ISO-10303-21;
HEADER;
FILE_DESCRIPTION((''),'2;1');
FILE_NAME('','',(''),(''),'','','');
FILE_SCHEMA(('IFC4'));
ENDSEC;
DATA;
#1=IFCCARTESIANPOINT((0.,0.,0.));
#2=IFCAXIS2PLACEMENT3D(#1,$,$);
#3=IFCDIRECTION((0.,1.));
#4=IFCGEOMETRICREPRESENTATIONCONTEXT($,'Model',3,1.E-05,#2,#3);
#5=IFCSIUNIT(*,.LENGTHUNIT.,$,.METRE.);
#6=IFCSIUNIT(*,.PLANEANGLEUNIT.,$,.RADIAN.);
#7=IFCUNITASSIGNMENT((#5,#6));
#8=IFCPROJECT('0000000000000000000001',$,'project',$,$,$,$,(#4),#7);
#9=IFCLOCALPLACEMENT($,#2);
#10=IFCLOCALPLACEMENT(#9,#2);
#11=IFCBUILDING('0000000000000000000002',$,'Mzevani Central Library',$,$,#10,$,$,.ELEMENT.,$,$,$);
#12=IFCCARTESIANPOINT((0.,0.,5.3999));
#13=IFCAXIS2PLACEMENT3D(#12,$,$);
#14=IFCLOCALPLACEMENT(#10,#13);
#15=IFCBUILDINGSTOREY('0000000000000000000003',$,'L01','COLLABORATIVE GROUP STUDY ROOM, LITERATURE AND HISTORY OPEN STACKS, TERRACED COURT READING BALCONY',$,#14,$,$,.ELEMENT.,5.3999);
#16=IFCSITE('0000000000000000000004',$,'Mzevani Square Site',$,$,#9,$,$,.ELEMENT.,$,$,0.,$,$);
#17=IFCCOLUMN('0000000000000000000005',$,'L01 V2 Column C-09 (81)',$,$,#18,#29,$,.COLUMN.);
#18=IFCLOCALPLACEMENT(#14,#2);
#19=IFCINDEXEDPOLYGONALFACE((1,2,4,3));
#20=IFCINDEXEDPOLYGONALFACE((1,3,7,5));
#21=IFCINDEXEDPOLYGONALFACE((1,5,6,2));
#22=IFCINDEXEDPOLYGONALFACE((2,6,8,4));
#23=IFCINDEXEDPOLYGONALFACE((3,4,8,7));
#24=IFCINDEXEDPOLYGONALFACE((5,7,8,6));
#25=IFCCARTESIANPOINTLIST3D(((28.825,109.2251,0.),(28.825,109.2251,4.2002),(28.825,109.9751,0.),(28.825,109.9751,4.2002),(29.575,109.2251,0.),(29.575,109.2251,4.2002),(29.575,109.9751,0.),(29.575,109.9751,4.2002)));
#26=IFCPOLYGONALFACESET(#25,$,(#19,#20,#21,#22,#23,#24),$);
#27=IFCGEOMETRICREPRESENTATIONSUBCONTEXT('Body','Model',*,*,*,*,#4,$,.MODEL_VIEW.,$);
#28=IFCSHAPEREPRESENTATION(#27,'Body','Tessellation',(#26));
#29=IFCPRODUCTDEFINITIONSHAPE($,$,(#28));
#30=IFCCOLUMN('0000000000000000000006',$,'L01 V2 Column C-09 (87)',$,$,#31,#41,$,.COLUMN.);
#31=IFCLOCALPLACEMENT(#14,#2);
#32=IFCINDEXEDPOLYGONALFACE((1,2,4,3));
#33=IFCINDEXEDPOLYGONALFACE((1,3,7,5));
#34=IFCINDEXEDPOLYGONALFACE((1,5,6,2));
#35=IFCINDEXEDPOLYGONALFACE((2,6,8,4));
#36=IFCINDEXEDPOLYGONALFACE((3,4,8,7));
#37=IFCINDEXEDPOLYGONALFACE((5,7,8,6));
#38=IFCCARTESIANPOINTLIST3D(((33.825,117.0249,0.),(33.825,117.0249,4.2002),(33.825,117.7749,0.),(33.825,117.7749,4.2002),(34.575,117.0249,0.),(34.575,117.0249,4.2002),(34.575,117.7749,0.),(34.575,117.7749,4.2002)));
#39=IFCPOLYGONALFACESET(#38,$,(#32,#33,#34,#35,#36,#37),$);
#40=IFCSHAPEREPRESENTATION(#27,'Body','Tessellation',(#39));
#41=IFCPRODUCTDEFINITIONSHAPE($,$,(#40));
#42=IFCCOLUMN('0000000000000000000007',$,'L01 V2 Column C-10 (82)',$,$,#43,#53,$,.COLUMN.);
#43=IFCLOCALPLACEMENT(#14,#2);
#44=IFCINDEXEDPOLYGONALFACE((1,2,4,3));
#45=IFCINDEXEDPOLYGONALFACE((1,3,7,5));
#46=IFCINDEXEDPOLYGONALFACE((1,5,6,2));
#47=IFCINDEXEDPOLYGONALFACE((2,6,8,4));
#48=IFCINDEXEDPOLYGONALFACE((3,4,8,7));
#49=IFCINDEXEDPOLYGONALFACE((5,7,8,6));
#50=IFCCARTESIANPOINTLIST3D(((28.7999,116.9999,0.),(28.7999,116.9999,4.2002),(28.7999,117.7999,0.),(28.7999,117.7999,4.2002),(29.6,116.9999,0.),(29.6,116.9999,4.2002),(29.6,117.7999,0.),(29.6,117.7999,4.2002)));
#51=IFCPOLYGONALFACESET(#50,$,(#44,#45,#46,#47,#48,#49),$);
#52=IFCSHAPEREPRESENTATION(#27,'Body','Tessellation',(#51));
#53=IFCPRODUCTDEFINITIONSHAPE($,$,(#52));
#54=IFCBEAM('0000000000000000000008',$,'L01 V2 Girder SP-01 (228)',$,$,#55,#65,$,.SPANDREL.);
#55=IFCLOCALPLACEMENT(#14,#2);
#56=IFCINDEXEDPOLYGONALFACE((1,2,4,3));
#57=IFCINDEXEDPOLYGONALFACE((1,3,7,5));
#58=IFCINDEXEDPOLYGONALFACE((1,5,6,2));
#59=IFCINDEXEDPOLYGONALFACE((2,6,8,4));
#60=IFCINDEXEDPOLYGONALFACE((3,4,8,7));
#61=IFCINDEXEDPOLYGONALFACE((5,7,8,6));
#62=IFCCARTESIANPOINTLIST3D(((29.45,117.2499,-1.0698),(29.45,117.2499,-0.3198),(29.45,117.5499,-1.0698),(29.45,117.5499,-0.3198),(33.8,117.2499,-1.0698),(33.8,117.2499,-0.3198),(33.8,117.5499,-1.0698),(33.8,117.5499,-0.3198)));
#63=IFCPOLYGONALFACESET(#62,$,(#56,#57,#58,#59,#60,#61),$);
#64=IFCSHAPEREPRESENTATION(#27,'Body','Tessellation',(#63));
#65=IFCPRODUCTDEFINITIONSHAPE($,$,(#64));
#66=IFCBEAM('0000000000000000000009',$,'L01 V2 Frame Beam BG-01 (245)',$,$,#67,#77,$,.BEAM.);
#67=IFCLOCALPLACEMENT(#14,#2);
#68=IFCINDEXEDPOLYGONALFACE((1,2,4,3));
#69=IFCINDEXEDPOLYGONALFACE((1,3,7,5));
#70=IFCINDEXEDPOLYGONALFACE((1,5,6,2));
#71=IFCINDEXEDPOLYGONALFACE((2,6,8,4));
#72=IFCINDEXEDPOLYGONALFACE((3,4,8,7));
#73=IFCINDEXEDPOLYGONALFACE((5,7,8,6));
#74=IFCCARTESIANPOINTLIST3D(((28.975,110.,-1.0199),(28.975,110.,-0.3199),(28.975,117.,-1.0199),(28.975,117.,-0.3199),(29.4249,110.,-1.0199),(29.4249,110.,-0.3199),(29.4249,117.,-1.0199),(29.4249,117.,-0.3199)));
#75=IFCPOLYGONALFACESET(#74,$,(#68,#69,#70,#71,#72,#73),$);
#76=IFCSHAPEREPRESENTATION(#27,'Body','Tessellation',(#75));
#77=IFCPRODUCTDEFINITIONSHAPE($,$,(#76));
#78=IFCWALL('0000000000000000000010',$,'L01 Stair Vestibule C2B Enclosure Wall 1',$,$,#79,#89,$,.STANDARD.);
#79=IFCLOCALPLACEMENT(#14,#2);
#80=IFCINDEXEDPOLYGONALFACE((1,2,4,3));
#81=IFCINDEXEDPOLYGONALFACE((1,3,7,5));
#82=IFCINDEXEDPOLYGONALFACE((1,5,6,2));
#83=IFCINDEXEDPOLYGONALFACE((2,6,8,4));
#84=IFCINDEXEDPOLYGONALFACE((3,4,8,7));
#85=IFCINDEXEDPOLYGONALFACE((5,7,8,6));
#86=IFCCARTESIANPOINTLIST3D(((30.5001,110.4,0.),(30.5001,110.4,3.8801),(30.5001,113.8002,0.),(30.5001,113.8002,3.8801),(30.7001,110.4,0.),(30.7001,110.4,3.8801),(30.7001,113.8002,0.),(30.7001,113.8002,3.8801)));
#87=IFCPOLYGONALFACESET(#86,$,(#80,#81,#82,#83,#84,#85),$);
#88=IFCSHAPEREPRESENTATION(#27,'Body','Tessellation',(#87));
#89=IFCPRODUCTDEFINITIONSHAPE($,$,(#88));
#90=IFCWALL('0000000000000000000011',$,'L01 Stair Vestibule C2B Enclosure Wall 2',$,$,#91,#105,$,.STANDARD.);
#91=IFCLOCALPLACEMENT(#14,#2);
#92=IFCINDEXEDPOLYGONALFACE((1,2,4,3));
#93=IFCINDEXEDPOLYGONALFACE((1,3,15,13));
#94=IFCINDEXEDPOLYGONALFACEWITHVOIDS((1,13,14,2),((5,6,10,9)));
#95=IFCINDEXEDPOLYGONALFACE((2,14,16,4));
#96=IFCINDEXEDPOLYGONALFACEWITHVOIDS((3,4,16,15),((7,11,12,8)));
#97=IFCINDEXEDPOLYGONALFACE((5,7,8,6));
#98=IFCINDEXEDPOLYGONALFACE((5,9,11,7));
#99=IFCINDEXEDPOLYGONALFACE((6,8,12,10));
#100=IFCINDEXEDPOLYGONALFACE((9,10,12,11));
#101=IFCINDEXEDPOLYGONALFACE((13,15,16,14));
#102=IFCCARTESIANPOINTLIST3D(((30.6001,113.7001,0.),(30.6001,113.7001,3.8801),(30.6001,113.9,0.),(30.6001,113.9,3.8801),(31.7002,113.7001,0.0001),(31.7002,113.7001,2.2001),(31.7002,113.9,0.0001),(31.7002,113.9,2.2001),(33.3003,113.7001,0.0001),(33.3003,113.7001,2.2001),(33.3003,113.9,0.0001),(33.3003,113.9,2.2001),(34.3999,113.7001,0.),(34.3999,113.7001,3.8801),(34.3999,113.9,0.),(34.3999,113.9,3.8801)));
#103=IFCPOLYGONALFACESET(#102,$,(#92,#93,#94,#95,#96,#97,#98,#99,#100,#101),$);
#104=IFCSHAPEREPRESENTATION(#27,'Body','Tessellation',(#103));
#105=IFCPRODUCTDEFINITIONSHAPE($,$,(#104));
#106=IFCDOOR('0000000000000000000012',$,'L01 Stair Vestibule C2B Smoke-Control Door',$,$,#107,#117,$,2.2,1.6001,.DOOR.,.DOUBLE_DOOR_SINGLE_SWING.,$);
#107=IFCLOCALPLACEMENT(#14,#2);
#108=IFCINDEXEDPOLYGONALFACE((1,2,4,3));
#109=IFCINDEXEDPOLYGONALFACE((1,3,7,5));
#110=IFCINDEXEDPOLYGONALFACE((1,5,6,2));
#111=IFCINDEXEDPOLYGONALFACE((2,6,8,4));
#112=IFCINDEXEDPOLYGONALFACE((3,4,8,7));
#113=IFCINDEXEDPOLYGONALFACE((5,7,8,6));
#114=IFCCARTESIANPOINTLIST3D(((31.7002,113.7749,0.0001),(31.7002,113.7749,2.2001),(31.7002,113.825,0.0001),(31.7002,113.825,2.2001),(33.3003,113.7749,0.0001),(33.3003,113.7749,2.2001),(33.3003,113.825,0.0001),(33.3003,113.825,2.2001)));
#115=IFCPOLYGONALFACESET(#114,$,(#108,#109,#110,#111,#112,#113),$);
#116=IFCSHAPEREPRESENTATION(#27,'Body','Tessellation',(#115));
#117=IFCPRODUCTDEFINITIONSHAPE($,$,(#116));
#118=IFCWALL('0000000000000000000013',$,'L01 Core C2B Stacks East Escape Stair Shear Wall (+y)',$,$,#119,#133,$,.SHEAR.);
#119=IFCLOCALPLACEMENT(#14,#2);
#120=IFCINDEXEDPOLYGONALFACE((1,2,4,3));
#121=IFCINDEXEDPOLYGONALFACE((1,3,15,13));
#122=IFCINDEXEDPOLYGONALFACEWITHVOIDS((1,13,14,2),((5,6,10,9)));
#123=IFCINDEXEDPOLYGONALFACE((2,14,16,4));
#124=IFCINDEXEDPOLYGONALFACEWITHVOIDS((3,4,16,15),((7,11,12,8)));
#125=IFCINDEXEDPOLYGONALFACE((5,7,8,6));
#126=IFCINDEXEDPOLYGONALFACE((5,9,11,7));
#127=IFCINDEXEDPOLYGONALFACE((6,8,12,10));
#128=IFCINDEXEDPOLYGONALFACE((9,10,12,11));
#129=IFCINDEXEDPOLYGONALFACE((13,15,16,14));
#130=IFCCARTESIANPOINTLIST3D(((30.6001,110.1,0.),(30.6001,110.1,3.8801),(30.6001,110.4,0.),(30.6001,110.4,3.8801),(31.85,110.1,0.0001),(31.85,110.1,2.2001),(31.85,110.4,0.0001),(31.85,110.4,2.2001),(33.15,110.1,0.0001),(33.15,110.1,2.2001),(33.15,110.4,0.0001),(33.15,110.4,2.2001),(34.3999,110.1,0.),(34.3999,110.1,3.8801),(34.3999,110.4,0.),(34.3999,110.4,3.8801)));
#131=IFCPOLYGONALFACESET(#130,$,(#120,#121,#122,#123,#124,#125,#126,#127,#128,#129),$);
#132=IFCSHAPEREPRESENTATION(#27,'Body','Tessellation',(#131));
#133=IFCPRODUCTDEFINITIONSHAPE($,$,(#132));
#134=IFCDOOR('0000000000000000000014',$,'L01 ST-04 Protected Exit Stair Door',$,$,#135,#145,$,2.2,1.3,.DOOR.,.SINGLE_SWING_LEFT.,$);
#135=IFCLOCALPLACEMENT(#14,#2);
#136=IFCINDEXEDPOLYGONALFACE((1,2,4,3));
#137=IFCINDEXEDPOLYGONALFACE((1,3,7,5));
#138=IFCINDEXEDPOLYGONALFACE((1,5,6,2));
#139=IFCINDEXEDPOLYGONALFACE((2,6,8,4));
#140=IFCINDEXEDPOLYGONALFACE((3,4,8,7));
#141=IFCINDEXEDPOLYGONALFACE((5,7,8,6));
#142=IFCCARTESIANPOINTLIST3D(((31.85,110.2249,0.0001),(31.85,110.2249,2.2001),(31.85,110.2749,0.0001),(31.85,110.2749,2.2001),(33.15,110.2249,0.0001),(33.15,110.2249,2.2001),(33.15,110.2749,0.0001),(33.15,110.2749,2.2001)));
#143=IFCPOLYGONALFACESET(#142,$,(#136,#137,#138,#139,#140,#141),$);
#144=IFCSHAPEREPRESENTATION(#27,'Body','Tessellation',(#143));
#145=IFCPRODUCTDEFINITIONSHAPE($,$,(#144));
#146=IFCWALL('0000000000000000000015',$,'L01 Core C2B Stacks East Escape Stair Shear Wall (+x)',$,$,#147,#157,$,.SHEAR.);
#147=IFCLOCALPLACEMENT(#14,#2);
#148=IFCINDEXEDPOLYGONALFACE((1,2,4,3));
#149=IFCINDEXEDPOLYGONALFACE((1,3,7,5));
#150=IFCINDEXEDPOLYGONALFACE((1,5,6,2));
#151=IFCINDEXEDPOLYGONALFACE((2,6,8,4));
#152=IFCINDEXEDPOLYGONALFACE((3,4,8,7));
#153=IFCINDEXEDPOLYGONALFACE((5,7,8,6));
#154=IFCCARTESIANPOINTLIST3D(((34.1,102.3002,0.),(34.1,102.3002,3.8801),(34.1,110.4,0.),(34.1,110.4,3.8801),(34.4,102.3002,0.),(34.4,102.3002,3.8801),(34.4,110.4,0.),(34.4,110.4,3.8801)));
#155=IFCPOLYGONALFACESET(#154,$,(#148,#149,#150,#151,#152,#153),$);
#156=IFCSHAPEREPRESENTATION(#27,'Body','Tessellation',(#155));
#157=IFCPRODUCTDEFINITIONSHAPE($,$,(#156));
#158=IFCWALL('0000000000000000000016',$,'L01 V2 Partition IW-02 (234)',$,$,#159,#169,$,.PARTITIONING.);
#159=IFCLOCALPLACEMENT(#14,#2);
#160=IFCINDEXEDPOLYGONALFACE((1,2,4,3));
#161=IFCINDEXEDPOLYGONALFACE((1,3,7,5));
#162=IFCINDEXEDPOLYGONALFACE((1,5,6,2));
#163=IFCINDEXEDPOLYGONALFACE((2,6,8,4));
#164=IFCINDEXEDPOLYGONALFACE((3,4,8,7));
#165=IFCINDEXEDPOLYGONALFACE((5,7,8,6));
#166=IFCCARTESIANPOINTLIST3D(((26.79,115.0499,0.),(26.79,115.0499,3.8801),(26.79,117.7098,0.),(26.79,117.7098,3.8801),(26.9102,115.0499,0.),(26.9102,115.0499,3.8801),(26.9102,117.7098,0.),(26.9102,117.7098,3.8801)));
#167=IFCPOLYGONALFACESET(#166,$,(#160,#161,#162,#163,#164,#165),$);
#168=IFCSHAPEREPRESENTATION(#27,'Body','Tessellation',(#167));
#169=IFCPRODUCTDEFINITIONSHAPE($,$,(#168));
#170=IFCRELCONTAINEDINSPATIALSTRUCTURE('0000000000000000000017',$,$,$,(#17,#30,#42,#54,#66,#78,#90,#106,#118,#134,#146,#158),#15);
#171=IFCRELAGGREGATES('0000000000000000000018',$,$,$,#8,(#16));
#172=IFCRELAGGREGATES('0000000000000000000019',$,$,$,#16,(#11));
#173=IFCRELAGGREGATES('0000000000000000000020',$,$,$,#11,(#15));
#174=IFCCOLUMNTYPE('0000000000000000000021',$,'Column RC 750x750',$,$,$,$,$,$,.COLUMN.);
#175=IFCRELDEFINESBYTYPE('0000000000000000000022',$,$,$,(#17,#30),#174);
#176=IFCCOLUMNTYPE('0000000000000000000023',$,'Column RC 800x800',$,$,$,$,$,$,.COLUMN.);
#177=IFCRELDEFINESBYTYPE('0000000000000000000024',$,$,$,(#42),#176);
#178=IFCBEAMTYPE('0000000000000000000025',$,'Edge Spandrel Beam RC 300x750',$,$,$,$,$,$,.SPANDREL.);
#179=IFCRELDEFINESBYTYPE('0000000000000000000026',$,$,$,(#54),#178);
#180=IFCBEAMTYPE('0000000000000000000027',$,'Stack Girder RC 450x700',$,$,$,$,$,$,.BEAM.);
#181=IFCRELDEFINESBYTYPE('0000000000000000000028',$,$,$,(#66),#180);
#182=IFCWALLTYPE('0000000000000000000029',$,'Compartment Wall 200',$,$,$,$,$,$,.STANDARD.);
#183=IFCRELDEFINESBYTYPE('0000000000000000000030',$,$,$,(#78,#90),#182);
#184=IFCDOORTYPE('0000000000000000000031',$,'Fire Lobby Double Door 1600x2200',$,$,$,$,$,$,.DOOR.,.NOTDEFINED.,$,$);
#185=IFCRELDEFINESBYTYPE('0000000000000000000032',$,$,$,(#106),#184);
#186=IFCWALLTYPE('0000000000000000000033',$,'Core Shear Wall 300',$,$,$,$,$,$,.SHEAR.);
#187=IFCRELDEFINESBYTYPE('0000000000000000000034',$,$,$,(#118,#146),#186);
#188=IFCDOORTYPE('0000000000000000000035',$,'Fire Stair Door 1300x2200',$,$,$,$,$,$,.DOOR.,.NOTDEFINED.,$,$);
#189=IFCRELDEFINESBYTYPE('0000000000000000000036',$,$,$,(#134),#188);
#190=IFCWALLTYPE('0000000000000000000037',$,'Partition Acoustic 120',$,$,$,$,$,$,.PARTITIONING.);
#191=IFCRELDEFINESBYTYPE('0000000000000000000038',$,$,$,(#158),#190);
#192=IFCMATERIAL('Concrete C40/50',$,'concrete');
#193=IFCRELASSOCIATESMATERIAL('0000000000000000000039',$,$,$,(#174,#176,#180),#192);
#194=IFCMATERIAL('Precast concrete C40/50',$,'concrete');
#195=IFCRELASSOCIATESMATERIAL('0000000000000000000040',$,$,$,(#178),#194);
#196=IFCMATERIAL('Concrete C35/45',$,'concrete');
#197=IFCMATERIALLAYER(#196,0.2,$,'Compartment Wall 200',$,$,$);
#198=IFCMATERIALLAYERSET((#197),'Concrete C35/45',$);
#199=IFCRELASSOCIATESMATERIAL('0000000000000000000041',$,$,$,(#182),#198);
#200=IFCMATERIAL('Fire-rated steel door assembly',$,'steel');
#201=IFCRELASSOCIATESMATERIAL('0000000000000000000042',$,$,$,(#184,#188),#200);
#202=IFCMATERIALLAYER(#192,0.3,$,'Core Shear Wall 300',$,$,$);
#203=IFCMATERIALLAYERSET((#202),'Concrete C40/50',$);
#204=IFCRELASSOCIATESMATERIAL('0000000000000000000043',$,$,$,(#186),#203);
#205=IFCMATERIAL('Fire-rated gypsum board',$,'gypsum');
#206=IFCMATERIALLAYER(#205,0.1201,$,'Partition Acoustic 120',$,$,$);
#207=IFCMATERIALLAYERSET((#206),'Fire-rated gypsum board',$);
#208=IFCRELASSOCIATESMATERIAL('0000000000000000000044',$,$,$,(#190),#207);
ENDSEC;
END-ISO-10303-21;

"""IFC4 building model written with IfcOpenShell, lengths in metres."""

from ifc_helpers import new_model, si_unit, direction, frame, frame_2d, origin, origin_2d, place, context, subcontext, project, spatial, rectangle, extrude, material, layer, layer_set, material_profile, profile_set, type_object, element, fill, save


model = new_model("IFC4")

# Units and contexts
model_context = context("Model", 3, precision=1e-05, world=origin(), true_north=direction((0.0, 1.0)))
body_context = subcontext(model_context, "Body", "Model", "MODEL_VIEW")
ifc_project = project(units=[si_unit("LENGTHUNIT", "METRE"), si_unit("PLANEANGLEUNIT", "RADIAN")], contexts=[model_context])

# Site, building, storey
site_placement = place(None, origin())
site = spatial("IfcSite", under=ifc_project, at=site_placement, Name="Mzevani Square Site", CompositionType="ELEMENT", RefElevation=0.0)
building_placement = place(site_placement, origin())
building = spatial("IfcBuilding", under=site, at=building_placement, Name="Mzevani Central Library", CompositionType="ELEMENT")
storey_placement = place(building_placement, frame((0.0, 0.0, 5.3999)))
storey = spatial("IfcBuildingStorey", under=building, at=storey_placement, Name="L01", Description="COLLABORATIVE GROUP STUDY ROOM, LITERATURE AND HISTORY OPEN STACKS, TERRACED COURT READING BALCONY", CompositionType="ELEMENT", Elevation=5.3999)

# Columns
ifc_material_1 = material(Name="Concrete C40/50", Category="concrete")
ifc_material_profile_1 = material_profile(ifc_material_1, rectangle(XDim=0.75, YDim=0.75, at=origin_2d()), Name="RC 750x750")
ifc_profile_set_1 = profile_set([ifc_material_profile_1], Name="Concrete C40/50")
column_type_1 = type_object("IfcColumnType", Name="Column RC 750x750", PredefinedType="COLUMN", material=ifc_profile_set_1)
for number, where, z_axis, x_axis, name in (
    (1, (29.2, 109.6001, 0.0), (0.0, 0.0, 1.0), (1.0, 0.0, 0.0), "L01 V2 Column C-09 (81)"),
    (2, (34.2, 117.3999, 0.0), (0.0, 0.0, 1.0), (1.0, 0.0, 0.0), "L01 V2 Column C-09 (87)"),
):
    element("IfcColumn", number, at=place(storey_placement, frame(where, z_axis=z_axis, x_axis=x_axis)), inside=storey, type_object=column_type_1, Name=name, PredefinedType="COLUMN", context=body_context, shape_type="SweptSolid", body=[
        extrude(rectangle(XDim=0.75, YDim=0.75, at=origin_2d()), origin(), (0.0, 0.0, 1.0), 4.2002),
    ])
ifc_material_profile_2 = material_profile(ifc_material_1, rectangle(XDim=0.8, YDim=0.8, at=origin_2d()), Name="RC 800x800")
ifc_profile_set_2 = profile_set([ifc_material_profile_2], Name="Concrete C40/50")
column_type_2 = type_object("IfcColumnType", Name="Column RC 800x800", PredefinedType="COLUMN", material=ifc_profile_set_2)
column_placement = place(storey_placement, frame((29.2, 117.3999, 0.0), z_axis=(0.0, 0.0, 1.0), x_axis=(1.0, 0.0, 0.0)))
element("IfcColumn", 3, at=column_placement, inside=storey, type_object=column_type_2, Name="L01 V2 Column C-10 (82)", PredefinedType="COLUMN", context=body_context, shape_type="SweptSolid", body=[
    extrude(rectangle(XDim=0.8, YDim=0.8, at=origin_2d()), origin(), (0.0, 0.0, 1.0), 4.2002),
])

# Beams
ifc_material_2 = material(Name="Precast concrete C40/50", Category="concrete")
ifc_material_profile_3 = material_profile(ifc_material_2, rectangle(XDim=0.3, YDim=0.75, at=origin_2d()), Name="RC SP300x750")
ifc_profile_set_3 = profile_set([ifc_material_profile_3], Name="Precast concrete C40/50")
beam_type_1 = type_object("IfcBeamType", Name="Edge Spandrel Beam RC 300x750", PredefinedType="SPANDREL", material=ifc_profile_set_3)
beam_1_placement = place(storey_placement, frame((29.45, 117.3999, -0.6948), z_axis=(1.0, 0.0, 0.0), x_axis=(0.0, 1.0, 0.0)))
element("IfcBeam", 4, at=beam_1_placement, inside=storey, type_object=beam_type_1, Name="L01 V2 Girder SP-01 (228)", PredefinedType="SPANDREL", context=body_context, shape_type="SweptSolid", body=[
    extrude(rectangle(XDim=0.3, YDim=0.75, at=origin_2d()), origin(), (0.0, 0.0, 1.0), 4.3501),
])
ifc_material_profile_4 = material_profile(ifc_material_1, rectangle(XDim=0.45, YDim=0.7, at=origin_2d()), Name="RC B450x700")
ifc_profile_set_4 = profile_set([ifc_material_profile_4], Name="Concrete C40/50")
beam_type_2 = type_object("IfcBeamType", Name="Stack Girder RC 450x700", PredefinedType="BEAM", material=ifc_profile_set_4)
beam_2_placement = place(storey_placement, frame((29.2, 110.0, -0.6699), z_axis=(0.0, 1.0, 0.0), x_axis=(-1.0, 0.0, 0.0)))
element("IfcBeam", 5, at=beam_2_placement, inside=storey, type_object=beam_type_2, Name="L01 V2 Frame Beam BG-01 (245)", PredefinedType="BEAM", context=body_context, shape_type="SweptSolid", body=[
    extrude(rectangle(XDim=0.45, YDim=0.7, at=origin_2d()), origin(), (0.0, 0.0, 1.0), 7.0),
])

# Wall
ifc_material_3 = material(Name="Concrete C35/45", Category="concrete")
ifc_layer_1 = layer(ifc_material_3, 0.2, Name="Compartment Wall 200")
ifc_layer_set_1 = layer_set([ifc_layer_1], Name="Concrete C35/45")
wall_type_1 = type_object("IfcWallType", Name="Compartment Wall 200", PredefinedType="STANDARD", material=ifc_layer_set_1)
wall_1_placement = place(storey_placement, frame((30.6001, 110.3999, 0.0), z_axis=(0.0, 0.0, 1.0), x_axis=(0.0, 1.0, 0.0)))
element("IfcWall", 6, at=wall_1_placement, inside=storey, type_object=wall_type_1, Name="L01 Stair Vestibule C2B Enclosure Wall 1", PredefinedType="STANDARD", context=body_context, shape_type="SweptSolid", body=[
    extrude(rectangle(XDim=3.4001, YDim=0.2, at=frame_2d((1.7002, 0.0))), origin(), (0.0, 0.0, 1.0), 3.8801),
])

# Wall, opening, door
wall_2_placement = place(storey_placement, frame((30.6001, 113.8, 0.0), z_axis=(0.0, 0.0, 1.0), x_axis=(1.0, 0.0, 0.0)))
wall_2 = element("IfcWall", 7, at=wall_2_placement, inside=storey, type_object=wall_type_1, Name="L01 Stair Vestibule C2B Enclosure Wall 2", PredefinedType="STANDARD", context=body_context, shape_type="SweptSolid", body=[
    extrude(rectangle(XDim=3.7998, YDim=0.2, at=frame_2d((1.8999, 0.0))), origin(), (0.0, 0.0, 1.0), 3.8801),
])
opening_1_placement = place(wall_2_placement, frame((1.1001, 0.0, 0.0)))
opening_1 = element("IfcOpeningElement", 8, at=opening_1_placement, cuts=wall_2, PredefinedType="OPENING", context=body_context, shape_type="SweptSolid", body=[
    extrude(rectangle(XDim=1.6001, YDim=2.2, at=frame_2d((0.8, 1.1001))), frame((0.0, 0.1099, 0.0), z_axis=(0.0, -1.0, 0.0), x_axis=(1.0, 0.0, 0.0)), (0.0, 0.0, 1.0), 0.22),
])
ifc_material_4 = material(Name="Fire-rated steel door assembly", Category="steel")
door_type_1 = type_object("IfcDoorType", Name="Fire Lobby Double Door 1600x2200", OperationType="NOTDEFINED", PredefinedType="DOOR", material=ifc_material_4)
door_1_placement = place(opening_1_placement, origin())
door_1 = element("IfcDoor", 9, at=door_1_placement, inside=storey, type_object=door_type_1, Name="L01 Stair Vestibule C2B Smoke-Control Door", OperationType="DOUBLE_DOOR_SINGLE_SWING", OverallHeight=2.2, OverallWidth=1.6001, PredefinedType="DOOR", context=body_context, shape_type="SweptSolid", body=[
    extrude(rectangle(XDim=1.6001, YDim=2.2, at=frame_2d((0.8, 1.1001))), frame((0.0, 0.0249, 0.0), z_axis=(0.0, -1.0, 0.0), x_axis=(1.0, 0.0, 0.0)), (0.0, 0.0, 1.0), 0.05),
])
fill(opening_1, door_1)

# Shared definitions
ifc_layer_2 = layer(ifc_material_1, 0.3, Name="Core Shear Wall 300")
ifc_layer_set_2 = layer_set([ifc_layer_2], Name="Concrete C40/50")
wall_type_2 = type_object("IfcWallType", Name="Core Shear Wall 300", PredefinedType="SHEAR", material=ifc_layer_set_2)
door_type_2 = type_object("IfcDoorType", Name="Fire Stair Door 1300x2200", OperationType="NOTDEFINED", PredefinedType="DOOR", material=ifc_material_4)

# Wall, opening, door
wall_3_placement = place(storey_placement, frame((30.6001, 110.25, 0.0), z_axis=(0.0, 0.0, 1.0), x_axis=(1.0, 0.0, 0.0)))
wall_3 = element("IfcWall", 10, at=wall_3_placement, inside=storey, type_object=wall_type_2, Name="L01 Core C2B Stacks East Escape Stair Shear Wall (+y)", PredefinedType="SHEAR", context=body_context, shape_type="SweptSolid", body=[
    extrude(rectangle(XDim=3.7998, YDim=0.3, at=frame_2d((1.8999, 0.0))), origin(), (0.0, 0.0, 1.0), 3.8801),
])
opening_2_placement = place(wall_3_placement, frame((1.25, 0.0, 0.0)))
opening_2 = element("IfcOpeningElement", 11, at=opening_2_placement, cuts=wall_3, PredefinedType="OPENING", context=body_context, shape_type="SweptSolid", body=[
    extrude(rectangle(XDim=1.3, YDim=2.2, at=frame_2d((0.6499, 1.1001))), frame((0.0, 0.1602, 0.0), z_axis=(0.0, -1.0, 0.0), x_axis=(1.0, 0.0, 0.0)), (0.0, 0.0, 1.0), 0.3201),
])
door_2_placement = place(opening_2_placement, origin())
door_2 = element("IfcDoor", 12, at=door_2_placement, inside=storey, type_object=door_type_2, Name="L01 ST-04 Protected Exit Stair Door", OperationType="SINGLE_SWING_LEFT", OverallHeight=2.2, OverallWidth=1.3, PredefinedType="DOOR", context=body_context, shape_type="SweptSolid", body=[
    extrude(rectangle(XDim=1.3, YDim=2.2, at=frame_2d((0.6499, 1.1001))), frame((0.0, 0.0249, 0.0), z_axis=(0.0, -1.0, 0.0), x_axis=(1.0, 0.0, 0.0)), (0.0, 0.0, 1.0), 0.05),
])
fill(opening_2, door_2)

# Walls
wall_4_placement = place(storey_placement, frame((34.25, 110.3999, 0.0), z_axis=(0.0, 0.0, 1.0), x_axis=(0.0, -1.0, 0.0)))
element("IfcWall", 13, at=wall_4_placement, inside=storey, type_object=wall_type_2, Name="L01 Core C2B Stacks East Escape Stair Shear Wall (+x)", PredefinedType="SHEAR", context=body_context, shape_type="SweptSolid", body=[
    extrude(rectangle(XDim=8.0999, YDim=0.3, at=frame_2d((4.0498, 0.0))), origin(), (0.0, 0.0, 1.0), 3.8801),
])
ifc_material_5 = material(Name="Fire-rated gypsum board", Category="gypsum")
ifc_layer_3 = layer(ifc_material_5, 0.1201, Name="Partition Acoustic 120")
ifc_layer_set_3 = layer_set([ifc_layer_3], Name="Fire-rated gypsum board")
wall_type_3 = type_object("IfcWallType", Name="Partition Acoustic 120", PredefinedType="PARTITIONING", material=ifc_layer_set_3)
wall_5_placement = place(storey_placement, frame((26.8501, 117.71, 0.0), z_axis=(0.0, 0.0, 1.0), x_axis=(0.0, -1.0, 0.0)))
element("IfcWall", 14, at=wall_5_placement, inside=storey, type_object=wall_type_3, Name="L01 V2 Partition IW-02 (234)", PredefinedType="PARTITIONING", context=body_context, shape_type="SweptSolid", body=[
    extrude(rectangle(XDim=2.6599, YDim=0.1201, at=frame_2d((1.3301, 0.0))), origin(), (0.0, 0.0, 1.0), 3.8801),
])

save(model, "model.ifc")
